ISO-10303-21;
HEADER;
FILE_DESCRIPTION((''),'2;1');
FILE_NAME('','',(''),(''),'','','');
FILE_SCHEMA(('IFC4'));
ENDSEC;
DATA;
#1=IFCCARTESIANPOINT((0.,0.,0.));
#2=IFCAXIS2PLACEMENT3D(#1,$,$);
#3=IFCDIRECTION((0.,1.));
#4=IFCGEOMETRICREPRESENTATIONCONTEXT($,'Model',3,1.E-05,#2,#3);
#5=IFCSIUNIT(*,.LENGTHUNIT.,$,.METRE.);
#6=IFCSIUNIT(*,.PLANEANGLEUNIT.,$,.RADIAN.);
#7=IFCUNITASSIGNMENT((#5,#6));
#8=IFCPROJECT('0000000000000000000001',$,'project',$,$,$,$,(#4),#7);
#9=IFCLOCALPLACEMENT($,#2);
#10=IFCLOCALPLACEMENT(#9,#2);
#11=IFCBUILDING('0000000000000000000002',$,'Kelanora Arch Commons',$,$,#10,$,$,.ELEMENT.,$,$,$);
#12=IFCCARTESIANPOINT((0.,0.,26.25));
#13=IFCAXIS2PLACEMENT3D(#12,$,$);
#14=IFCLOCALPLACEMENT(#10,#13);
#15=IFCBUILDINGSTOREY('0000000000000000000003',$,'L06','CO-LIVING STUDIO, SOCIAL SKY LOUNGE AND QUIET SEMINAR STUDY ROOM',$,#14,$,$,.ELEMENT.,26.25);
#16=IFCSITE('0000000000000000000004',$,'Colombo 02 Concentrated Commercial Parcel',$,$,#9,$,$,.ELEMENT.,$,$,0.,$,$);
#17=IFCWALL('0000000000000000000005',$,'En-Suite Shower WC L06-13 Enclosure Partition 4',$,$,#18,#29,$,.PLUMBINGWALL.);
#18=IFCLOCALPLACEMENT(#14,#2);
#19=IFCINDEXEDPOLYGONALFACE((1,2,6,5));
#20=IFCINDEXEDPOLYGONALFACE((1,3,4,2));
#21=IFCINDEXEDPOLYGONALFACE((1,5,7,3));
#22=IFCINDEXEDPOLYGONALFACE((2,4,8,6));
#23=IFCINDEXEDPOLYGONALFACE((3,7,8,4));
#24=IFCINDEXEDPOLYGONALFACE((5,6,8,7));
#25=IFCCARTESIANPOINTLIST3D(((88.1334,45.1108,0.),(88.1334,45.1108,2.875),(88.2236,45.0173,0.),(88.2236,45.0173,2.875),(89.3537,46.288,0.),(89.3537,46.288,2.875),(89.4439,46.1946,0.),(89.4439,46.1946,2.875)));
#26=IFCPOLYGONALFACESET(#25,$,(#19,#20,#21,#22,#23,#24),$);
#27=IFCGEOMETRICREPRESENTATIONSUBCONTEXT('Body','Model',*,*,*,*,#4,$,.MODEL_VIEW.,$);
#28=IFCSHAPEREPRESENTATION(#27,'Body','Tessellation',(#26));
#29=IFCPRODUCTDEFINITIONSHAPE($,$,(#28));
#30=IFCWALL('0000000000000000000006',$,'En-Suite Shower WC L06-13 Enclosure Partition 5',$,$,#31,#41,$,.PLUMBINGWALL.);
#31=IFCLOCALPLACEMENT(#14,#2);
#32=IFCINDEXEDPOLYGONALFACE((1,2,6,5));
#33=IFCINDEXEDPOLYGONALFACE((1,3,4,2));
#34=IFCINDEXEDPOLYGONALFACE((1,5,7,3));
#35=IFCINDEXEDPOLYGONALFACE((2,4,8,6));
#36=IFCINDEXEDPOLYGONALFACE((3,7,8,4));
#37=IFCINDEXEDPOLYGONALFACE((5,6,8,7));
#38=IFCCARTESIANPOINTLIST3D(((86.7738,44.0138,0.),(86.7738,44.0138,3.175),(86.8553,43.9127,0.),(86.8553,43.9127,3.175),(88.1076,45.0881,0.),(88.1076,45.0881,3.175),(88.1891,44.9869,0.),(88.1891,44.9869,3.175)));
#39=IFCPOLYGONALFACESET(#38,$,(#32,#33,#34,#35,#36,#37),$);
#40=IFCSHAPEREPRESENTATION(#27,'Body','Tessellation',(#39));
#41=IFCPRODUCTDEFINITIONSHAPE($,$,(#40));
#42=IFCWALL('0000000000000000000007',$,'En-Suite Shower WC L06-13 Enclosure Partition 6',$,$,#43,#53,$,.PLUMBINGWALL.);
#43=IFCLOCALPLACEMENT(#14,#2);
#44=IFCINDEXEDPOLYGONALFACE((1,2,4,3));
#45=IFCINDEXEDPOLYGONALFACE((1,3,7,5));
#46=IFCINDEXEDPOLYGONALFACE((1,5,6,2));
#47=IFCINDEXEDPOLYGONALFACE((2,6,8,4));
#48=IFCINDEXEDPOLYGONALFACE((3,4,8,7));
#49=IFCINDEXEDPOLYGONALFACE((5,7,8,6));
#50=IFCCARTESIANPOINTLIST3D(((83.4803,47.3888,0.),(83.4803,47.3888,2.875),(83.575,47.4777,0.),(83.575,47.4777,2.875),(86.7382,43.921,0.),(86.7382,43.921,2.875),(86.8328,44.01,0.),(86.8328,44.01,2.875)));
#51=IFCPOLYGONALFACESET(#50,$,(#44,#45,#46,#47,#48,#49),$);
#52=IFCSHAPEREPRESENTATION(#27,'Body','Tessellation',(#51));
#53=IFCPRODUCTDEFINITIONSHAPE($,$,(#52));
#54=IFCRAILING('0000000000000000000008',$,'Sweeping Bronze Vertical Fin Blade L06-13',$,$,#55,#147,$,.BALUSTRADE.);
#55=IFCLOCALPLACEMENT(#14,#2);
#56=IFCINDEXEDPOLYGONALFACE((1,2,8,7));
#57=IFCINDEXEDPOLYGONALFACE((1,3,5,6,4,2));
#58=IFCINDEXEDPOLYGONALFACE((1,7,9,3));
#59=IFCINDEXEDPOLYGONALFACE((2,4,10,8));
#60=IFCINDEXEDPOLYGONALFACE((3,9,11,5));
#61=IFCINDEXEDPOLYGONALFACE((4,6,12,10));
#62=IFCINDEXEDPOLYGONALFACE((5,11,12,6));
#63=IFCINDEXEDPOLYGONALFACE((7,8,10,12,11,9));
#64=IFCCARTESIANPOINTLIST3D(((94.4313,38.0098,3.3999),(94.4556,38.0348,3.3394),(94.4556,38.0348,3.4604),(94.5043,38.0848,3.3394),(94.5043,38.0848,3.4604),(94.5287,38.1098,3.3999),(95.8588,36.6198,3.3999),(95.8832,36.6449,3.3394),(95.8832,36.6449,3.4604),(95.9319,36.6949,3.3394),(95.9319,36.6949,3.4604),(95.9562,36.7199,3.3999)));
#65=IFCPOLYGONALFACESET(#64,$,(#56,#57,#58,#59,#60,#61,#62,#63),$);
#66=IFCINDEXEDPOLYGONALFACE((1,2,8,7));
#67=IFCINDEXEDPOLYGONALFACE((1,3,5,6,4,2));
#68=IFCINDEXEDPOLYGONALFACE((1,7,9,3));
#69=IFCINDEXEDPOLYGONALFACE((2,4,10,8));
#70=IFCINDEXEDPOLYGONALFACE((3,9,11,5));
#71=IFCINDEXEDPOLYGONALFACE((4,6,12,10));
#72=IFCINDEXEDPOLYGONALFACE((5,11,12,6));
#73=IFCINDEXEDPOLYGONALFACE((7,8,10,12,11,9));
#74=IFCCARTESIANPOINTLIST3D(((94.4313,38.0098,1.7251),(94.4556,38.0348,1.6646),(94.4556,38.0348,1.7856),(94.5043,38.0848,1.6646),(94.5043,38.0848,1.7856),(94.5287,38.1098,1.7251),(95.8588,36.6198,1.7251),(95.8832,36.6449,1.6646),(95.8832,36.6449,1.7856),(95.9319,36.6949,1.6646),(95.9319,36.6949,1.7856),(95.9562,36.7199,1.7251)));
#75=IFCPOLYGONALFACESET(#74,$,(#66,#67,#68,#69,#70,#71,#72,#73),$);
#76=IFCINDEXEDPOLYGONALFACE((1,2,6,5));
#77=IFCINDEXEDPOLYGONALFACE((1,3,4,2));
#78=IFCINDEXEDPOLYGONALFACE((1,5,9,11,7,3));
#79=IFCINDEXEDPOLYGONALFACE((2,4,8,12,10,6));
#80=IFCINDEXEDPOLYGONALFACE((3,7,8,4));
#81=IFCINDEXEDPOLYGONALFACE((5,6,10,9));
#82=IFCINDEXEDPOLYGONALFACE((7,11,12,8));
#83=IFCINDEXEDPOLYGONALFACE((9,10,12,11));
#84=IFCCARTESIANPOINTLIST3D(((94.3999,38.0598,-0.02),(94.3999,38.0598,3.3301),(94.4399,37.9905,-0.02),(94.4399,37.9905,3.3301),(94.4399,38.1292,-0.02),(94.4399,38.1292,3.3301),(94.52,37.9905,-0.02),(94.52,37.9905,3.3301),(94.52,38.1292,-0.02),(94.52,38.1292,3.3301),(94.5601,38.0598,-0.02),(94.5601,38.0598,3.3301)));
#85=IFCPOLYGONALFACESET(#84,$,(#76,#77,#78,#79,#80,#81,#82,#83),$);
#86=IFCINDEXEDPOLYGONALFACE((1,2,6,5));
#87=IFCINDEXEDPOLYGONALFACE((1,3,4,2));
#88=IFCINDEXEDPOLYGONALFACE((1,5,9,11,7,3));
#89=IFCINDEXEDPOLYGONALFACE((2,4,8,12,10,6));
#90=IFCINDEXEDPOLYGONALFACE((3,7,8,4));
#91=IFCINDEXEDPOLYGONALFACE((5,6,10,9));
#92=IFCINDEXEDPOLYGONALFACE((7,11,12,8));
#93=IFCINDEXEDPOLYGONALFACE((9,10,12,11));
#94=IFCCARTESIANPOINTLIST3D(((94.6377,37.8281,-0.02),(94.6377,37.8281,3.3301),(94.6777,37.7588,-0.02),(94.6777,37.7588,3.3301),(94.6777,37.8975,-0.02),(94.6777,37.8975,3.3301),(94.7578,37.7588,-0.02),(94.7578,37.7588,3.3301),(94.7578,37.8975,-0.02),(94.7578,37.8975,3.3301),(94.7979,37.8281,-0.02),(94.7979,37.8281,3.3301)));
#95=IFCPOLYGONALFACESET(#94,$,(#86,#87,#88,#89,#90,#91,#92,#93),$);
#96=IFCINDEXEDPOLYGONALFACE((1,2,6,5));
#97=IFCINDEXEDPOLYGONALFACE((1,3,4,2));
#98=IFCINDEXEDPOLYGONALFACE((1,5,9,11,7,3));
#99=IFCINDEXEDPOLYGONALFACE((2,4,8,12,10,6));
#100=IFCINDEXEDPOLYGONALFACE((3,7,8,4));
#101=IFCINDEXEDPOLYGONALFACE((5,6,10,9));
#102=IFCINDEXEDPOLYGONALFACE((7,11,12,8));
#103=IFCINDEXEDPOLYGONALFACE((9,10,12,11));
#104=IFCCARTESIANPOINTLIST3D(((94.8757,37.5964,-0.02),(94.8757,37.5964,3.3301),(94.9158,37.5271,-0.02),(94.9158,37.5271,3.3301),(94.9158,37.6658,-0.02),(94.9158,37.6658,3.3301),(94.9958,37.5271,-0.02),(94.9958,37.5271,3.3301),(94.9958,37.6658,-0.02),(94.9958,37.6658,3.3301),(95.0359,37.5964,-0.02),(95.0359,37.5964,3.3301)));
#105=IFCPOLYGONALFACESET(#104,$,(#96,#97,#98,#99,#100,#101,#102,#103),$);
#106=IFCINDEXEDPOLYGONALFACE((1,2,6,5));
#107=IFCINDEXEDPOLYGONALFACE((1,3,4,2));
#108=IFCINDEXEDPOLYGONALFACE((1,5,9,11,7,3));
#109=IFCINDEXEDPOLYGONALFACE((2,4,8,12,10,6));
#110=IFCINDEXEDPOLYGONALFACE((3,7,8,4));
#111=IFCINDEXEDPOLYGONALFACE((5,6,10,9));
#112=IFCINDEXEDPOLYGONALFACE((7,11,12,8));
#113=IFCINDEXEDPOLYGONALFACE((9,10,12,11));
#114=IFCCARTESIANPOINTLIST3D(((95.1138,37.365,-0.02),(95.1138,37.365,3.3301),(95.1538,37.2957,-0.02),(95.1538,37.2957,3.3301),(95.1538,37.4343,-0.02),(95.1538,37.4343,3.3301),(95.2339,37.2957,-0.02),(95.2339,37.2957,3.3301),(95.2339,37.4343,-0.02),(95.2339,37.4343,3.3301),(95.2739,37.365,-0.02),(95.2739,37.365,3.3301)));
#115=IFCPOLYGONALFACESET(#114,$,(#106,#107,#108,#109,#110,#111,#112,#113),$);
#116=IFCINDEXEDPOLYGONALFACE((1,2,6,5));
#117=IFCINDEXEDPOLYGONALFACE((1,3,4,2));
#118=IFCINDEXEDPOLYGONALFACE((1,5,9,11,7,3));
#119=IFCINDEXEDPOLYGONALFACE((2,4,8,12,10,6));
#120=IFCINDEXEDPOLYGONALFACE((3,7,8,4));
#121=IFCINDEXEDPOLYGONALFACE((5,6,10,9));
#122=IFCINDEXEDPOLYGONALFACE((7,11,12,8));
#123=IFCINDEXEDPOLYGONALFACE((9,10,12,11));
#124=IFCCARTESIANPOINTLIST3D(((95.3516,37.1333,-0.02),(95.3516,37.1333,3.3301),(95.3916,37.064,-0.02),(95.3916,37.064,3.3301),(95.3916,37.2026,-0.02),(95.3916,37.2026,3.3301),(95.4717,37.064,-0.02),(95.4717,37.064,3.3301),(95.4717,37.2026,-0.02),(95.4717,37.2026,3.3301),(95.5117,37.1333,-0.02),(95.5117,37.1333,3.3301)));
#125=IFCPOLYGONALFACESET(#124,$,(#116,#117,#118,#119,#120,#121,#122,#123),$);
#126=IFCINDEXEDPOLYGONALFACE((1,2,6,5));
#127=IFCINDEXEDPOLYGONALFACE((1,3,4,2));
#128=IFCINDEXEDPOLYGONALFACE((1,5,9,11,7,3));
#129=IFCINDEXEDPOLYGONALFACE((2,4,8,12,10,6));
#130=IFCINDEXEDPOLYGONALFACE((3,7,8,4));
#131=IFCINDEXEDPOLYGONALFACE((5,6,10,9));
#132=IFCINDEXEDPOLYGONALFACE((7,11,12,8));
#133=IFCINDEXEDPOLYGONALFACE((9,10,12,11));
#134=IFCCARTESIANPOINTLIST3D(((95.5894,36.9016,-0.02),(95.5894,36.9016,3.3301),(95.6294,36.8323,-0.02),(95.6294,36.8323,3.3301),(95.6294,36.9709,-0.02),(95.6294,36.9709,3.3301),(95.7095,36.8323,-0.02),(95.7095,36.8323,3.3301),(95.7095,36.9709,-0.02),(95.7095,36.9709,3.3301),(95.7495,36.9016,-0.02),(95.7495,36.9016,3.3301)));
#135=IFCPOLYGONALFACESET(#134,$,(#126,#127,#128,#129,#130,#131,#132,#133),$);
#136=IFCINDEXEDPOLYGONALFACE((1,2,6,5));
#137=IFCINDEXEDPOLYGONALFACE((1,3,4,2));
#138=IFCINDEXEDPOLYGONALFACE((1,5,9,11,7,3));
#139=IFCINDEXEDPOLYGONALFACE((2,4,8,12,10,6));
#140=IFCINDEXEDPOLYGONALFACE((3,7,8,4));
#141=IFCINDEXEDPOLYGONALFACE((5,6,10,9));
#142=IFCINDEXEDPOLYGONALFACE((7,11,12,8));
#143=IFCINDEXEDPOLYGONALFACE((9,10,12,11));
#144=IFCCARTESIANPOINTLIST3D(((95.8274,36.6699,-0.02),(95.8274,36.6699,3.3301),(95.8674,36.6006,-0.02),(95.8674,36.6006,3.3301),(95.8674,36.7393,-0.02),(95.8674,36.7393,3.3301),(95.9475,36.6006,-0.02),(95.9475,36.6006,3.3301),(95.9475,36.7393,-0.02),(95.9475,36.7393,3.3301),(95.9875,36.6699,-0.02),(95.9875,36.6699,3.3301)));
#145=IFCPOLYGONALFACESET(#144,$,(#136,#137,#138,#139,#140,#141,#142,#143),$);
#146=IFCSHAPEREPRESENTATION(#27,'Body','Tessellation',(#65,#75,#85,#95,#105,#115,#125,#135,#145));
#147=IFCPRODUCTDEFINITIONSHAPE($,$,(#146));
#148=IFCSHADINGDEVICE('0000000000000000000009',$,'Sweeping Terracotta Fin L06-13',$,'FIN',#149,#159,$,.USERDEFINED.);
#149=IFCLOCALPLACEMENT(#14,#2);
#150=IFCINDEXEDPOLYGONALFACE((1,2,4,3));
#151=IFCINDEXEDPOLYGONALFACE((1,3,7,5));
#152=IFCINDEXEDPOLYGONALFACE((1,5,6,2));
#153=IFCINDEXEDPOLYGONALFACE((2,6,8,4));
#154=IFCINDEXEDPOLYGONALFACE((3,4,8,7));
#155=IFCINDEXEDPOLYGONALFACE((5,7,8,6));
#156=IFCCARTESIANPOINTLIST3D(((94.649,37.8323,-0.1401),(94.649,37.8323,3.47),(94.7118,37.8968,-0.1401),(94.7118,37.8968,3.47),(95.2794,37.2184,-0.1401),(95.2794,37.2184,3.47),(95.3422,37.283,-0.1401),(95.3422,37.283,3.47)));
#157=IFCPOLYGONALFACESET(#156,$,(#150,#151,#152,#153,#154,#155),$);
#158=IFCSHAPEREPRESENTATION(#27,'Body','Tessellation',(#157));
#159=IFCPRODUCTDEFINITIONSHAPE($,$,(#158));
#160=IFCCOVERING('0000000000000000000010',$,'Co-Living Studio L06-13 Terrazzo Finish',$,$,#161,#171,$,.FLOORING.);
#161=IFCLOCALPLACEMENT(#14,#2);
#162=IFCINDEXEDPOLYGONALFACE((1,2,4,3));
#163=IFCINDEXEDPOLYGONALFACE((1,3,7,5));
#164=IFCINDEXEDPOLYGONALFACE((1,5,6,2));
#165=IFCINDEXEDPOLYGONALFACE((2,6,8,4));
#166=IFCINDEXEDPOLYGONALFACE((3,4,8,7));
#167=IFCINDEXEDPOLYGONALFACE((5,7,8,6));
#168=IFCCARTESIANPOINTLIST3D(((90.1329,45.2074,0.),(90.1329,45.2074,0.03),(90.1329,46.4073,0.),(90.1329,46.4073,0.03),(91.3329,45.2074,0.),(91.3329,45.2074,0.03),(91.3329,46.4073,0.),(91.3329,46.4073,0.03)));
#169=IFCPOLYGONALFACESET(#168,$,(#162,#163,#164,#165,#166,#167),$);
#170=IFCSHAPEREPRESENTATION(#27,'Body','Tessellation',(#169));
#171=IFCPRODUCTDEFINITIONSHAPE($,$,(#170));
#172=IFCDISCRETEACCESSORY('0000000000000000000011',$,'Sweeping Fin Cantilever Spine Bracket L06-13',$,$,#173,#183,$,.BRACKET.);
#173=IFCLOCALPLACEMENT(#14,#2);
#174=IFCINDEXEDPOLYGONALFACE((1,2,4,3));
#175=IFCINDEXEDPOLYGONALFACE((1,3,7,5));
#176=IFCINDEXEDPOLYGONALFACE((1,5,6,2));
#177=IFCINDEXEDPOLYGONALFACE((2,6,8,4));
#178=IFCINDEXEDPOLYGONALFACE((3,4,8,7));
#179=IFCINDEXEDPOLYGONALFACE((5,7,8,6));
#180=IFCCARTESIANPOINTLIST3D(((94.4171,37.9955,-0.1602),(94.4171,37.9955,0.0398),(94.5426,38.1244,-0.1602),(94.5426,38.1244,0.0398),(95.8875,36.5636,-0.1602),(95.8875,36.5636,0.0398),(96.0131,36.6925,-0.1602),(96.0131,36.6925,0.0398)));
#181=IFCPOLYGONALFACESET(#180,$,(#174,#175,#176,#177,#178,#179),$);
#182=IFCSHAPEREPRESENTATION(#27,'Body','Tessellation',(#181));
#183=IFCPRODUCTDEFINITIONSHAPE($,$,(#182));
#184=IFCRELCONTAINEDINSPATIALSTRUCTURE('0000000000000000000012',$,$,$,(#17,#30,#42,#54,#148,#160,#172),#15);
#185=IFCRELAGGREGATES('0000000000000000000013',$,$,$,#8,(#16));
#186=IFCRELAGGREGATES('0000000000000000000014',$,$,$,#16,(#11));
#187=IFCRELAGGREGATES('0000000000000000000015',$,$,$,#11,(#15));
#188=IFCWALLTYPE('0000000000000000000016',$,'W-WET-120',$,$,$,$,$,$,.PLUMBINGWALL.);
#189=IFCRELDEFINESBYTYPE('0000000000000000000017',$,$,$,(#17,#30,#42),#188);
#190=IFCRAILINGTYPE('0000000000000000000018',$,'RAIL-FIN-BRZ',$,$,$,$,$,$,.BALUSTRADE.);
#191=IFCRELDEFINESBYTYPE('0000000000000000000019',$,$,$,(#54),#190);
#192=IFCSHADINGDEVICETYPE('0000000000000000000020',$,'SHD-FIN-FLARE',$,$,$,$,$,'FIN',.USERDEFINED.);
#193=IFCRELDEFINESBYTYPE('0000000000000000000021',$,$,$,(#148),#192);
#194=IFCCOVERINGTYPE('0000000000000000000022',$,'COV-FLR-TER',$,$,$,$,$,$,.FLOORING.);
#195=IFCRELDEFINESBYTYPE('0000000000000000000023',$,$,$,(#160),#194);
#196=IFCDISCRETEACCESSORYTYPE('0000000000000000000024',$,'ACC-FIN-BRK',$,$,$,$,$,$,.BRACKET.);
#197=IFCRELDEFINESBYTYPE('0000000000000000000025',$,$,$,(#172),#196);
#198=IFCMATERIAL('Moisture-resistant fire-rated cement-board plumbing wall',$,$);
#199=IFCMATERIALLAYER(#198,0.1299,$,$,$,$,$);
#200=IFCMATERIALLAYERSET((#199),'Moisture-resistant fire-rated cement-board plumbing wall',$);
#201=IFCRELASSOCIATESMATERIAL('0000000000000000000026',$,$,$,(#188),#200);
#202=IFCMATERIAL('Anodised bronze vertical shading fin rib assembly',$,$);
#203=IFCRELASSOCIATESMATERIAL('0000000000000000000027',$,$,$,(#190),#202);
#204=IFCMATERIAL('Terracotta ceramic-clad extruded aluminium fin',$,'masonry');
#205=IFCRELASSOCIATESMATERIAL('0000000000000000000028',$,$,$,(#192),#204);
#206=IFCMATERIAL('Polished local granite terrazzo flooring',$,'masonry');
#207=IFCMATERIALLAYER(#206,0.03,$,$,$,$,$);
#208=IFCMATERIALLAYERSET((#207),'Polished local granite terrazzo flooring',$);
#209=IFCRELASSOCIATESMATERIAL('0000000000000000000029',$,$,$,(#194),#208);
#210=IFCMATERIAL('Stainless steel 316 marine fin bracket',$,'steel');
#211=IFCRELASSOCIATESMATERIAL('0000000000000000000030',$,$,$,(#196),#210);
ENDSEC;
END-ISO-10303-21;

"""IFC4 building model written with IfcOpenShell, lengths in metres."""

from ifc_helpers import new_model, si_unit, direction, frame, frame_2d, origin, origin_2d, place, context, subcontext, project, spatial, polyline, rectangle, outline, extrude, source, transform, mapped, material, layer, layer_set, type_object, element, save


model = new_model("IFC4")

# Units and contexts
model_context = context("Model", 3, precision=1e-05, world=origin(), true_north=direction((0.0, 1.0)))
body_context = subcontext(model_context, "Body", "Model", "MODEL_VIEW")
ifc_project = project(units=[si_unit("LENGTHUNIT", "METRE"), si_unit("PLANEANGLEUNIT", "RADIAN")], contexts=[model_context])

# Site, building, storey
site_placement = place(None, origin())
site = spatial("IfcSite", under=ifc_project, at=site_placement, Name="Colombo 02 Concentrated Commercial Parcel", CompositionType="ELEMENT", RefElevation=0.0)
building_placement = place(site_placement, origin())
building = spatial("IfcBuilding", under=site, at=building_placement, Name="Kelanora Arch Commons", CompositionType="ELEMENT")
storey_placement = place(building_placement, frame((0.0, 0.0, 26.25)))
storey = spatial("IfcBuildingStorey", under=building, at=storey_placement, Name="L06", Description="CO-LIVING STUDIO, SOCIAL SKY LOUNGE AND QUIET SEMINAR STUDY ROOM", CompositionType="ELEMENT", Elevation=26.25)

# Walls
ifc_material_1 = material(Name="Moisture-resistant fire-rated cement-board plumbing wall")
ifc_layer_1 = layer(ifc_material_1, 0.1299)
ifc_layer_set_1 = layer_set([ifc_layer_1], Name="Moisture-resistant fire-rated cement-board plumbing wall")
wall_type_1 = type_object("IfcWallType", Name="W-WET-120", PredefinedType="PLUMBINGWALL", material=ifc_layer_set_1)
wall_1_placement = place(storey_placement, frame((89.3987, 46.2412, 0.0), z_axis=(0.0, 0.0, 1.0), x_axis=(-0.719664, -0.694322, 0.0)))
element("IfcWall", 1, at=wall_1_placement, inside=storey, type_object=wall_type_1, Name="En-Suite Shower WC L06-13 Enclosure Partition 4", PredefinedType="PLUMBINGWALL", context=body_context, shape_type="SweptSolid", body=[
    extrude(rectangle(XDim=1.6956, YDim=0.1299, at=frame_2d((0.8477, 0.0))), origin(), (0.0, 0.0, 1.0), 2.875),
])
wall_2_placement = place(storey_placement, frame((88.1484, 45.0376, 0.0), z_axis=(0.0, 0.0, 1.0), x_axis=(-0.778806, -0.627265, 0.0)))
element("IfcWall", 2, at=wall_2_placement, inside=storey, type_object=wall_type_1, Name="En-Suite Shower WC L06-13 Enclosure Partition 5", PredefinedType="PLUMBINGWALL", context=body_context, shape_type="SweptSolid", body=[
    extrude(rectangle(XDim=1.7126, YDim=0.1299, at=frame_2d((0.8564, 0.0))), origin(), (0.0, 0.0, 1.0), 3.175),
])
wall_3_placement = place(storey_placement, frame((86.7854, 43.9656, 0.0), z_axis=(0.0, 0.0, 1.0), x_axis=(-0.684699, 0.728826, 0.0)))
element("IfcWall", 3, at=wall_3_placement, inside=storey, type_object=wall_type_1, Name="En-Suite Shower WC L06-13 Enclosure Partition 6", PredefinedType="PLUMBINGWALL", context=body_context, shape_type="SweptSolid", body=[
    extrude(rectangle(XDim=4.7581, YDim=0.1299, at=frame_2d((2.3789, 0.0))), origin(), (0.0, 0.0, 1.0), 2.875),
])

# Railing
ifc_material_2 = material(Name="Anodised bronze vertical shading fin rib assembly")
railing_type = type_object("IfcRailingType", Name="RAIL-FIN-BRZ", PredefinedType="BALUSTRADE", material=ifc_material_2)
railing_placement = place(storey_placement, frame((94.48, 38.0598, -0.02)))
element("IfcRailing", 4, at=railing_placement, inside=storey, type_object=railing_type, Name="Sweeping Bronze Vertical Fin Blade L06-13", PredefinedType="BALUSTRADE", context=body_context, shape_type="SweptSolid", body=[
    extrude(outline(polyline([(0.0698, 0.0), (0.0349, 0.0605), (-0.0349, 0.0605), (-0.0698, 0.0), (-0.0349, -0.0605), (0.0349, -0.0605), (0.0698, 0.0)])), frame((0.0, 0.0, 3.4199), z_axis=(0.716479, -0.697608, 0.0), x_axis=(0.697608, 0.716479, 0.0)), (0.0, 0.0, 1.0), 1.9924),
    extrude(outline(polyline([(0.0698, 0.0), (0.0349, 0.0605), (-0.0349, 0.0605), (-0.0698, 0.0), (-0.0349, -0.0605), (0.0349, -0.0605), (0.0698, 0.0)])), frame((0.0, 0.0, 1.7451), z_axis=(0.716479, -0.697608, 0.0), x_axis=(0.697608, 0.716479, 0.0)), (0.0, 0.0, 1.0), 1.9924),
    extrude(outline(polyline([(0.0801, 0.0), (0.04, 0.0693), (-0.04, 0.0693), (-0.0801, 0.0), (-0.04, -0.0693), (0.04, -0.0693), (0.0801, 0.0)])), origin(), (0.0, 0.0, 1.0), 3.3501),
    extrude(outline(polyline([(0.0801, 0.0), (0.04, 0.0693), (-0.04, 0.0693), (-0.0801, 0.0), (-0.04, -0.0693), (0.04, -0.0693), (0.0801, 0.0)])), frame((0.2378, -0.2317, 0.0)), (0.0, 0.0, 1.0), 3.3501),
    extrude(outline(polyline([(0.0801, 0.0), (0.04, 0.0693), (-0.04, 0.0693), (-0.0801, 0.0), (-0.04, -0.0693), (0.04, -0.0693), (0.0801, 0.0)])), frame((0.4758, -0.4634, 0.0)), (0.0, 0.0, 1.0), 3.3501),
    extrude(outline(polyline([(0.0801, 0.0), (0.04, 0.0693), (-0.04, 0.0693), (-0.0801, 0.0), (-0.04, -0.0693), (0.04, -0.0693), (0.0801, 0.0)])), frame((0.7139, -0.6948, 0.0)), (0.0, 0.0, 1.0), 3.3501),
    extrude(outline(polyline([(0.0801, 0.0), (0.04, 0.0693), (-0.04, 0.0693), (-0.0801, 0.0), (-0.04, -0.0693), (0.04, -0.0693), (0.0801, 0.0)])), frame((0.9517, -0.9265, 0.0)), (0.0, 0.0, 1.0), 3.3501),
    extrude(outline(polyline([(0.0801, 0.0), (0.04, 0.0693), (-0.04, 0.0693), (-0.0801, 0.0), (-0.04, -0.0693), (0.04, -0.0693), (0.0801, 0.0)])), frame((1.1895, -1.1582, 0.0)), (0.0, 0.0, 1.0), 3.3501),
    extrude(outline(polyline([(0.0801, 0.0), (0.04, 0.0693), (-0.04, 0.0693), (-0.0801, 0.0), (-0.04, -0.0693), (0.04, -0.0693), (0.0801, 0.0)])), frame((1.4275, -1.3899, 0.0)), (0.0, 0.0, 1.0), 3.3501),
])

# Shading device
ifc_material_3 = material(Name="Terracotta ceramic-clad extruded aluminium fin", Category="masonry")
shading_device_type = type_object("IfcShadingDeviceType", Name="SHD-FIN-FLARE", ElementType="FIN", PredefinedType="USERDEFINED", material=ifc_material_3)
shared_shape_1 = source(origin(), body_context, "Body", "SweptSolid", [
    extrude(rectangle(XDim=0.8799, YDim=0.0901, at=origin_2d()), origin(), (0.0, 0.0, 1.0), 3.6101),
])
shading_device_placement = place(storey_placement, frame((94.9956, 37.5576, -0.1401), z_axis=(0.0, 0.0, 1.0), x_axis=(0.716424, -0.697665, 0.0)))
element("IfcShadingDevice", 5, at=shading_device_placement, inside=storey, type_object=shading_device_type, Name="Sweeping Terracotta Fin L06-13", ObjectType="FIN", PredefinedType="USERDEFINED", context=body_context, shape_type="MappedRepresentation", body=[
    mapped(shared_shape_1, transform((0.0, 0.0, 0.0), scale=1.0)),
])

# Covering
ifc_material_4 = material(Name="Polished local granite terrazzo flooring", Category="masonry")
ifc_layer_2 = layer(ifc_material_4, 0.03)
ifc_layer_set_2 = layer_set([ifc_layer_2], Name="Polished local granite terrazzo flooring")
covering_type = type_object("IfcCoveringType", Name="COV-FLR-TER", PredefinedType="FLOORING", material=ifc_layer_set_2)
shared_shape_2 = source(origin(), body_context, "Body", "SweptSolid", [
    extrude(rectangle(XDim=1.2, YDim=1.2, at=origin_2d()), origin(), (0.0, 0.0, 1.0), 0.03),
])
covering_placement = place(storey_placement, frame((90.7329, 45.8074, 0.0), z_axis=(0.0, 0.0, 1.0), x_axis=(1.0, 0.0, 0.0)))
element("IfcCovering", 6, at=covering_placement, inside=storey, type_object=covering_type, Name="Co-Living Studio L06-13 Terrazzo Finish", PredefinedType="FLOORING", context=body_context, shape_type="MappedRepresentation", body=[
    mapped(shared_shape_2, transform((0.0, 0.0, 0.0), scale=1.0)),
])

# Discrete accessory
ifc_material_5 = material(Name="Stainless steel 316 marine fin bracket", Category="steel")
discrete_accessory_type = type_object("IfcDiscreteAccessoryType", Name="ACC-FIN-BRK", PredefinedType="BRACKET", material=ifc_material_5)
shared_shape_3 = source(origin(), body_context, "Body", "SweptSolid", [
    extrude(rectangle(XDim=2.0525, YDim=0.1799, at=origin_2d()), origin(), (0.0, 0.0, 1.0), 0.2),
])
discrete_accessory_placement = place(storey_placement, frame((95.2151, 37.344, -0.1602), z_axis=(0.0, 0.0, 1.0), x_axis=(0.716424, -0.697665, 0.0)))
element("IfcDiscreteAccessory", 7, at=discrete_accessory_placement, inside=storey, type_object=discrete_accessory_type, Name="Sweeping Fin Cantilever Spine Bracket L06-13", PredefinedType="BRACKET", context=body_context, shape_type="MappedRepresentation", body=[
    mapped(shared_shape_3, transform((0.0, 0.0, 0.0), scale=1.0)),
])

save(model, "model.ifc")
